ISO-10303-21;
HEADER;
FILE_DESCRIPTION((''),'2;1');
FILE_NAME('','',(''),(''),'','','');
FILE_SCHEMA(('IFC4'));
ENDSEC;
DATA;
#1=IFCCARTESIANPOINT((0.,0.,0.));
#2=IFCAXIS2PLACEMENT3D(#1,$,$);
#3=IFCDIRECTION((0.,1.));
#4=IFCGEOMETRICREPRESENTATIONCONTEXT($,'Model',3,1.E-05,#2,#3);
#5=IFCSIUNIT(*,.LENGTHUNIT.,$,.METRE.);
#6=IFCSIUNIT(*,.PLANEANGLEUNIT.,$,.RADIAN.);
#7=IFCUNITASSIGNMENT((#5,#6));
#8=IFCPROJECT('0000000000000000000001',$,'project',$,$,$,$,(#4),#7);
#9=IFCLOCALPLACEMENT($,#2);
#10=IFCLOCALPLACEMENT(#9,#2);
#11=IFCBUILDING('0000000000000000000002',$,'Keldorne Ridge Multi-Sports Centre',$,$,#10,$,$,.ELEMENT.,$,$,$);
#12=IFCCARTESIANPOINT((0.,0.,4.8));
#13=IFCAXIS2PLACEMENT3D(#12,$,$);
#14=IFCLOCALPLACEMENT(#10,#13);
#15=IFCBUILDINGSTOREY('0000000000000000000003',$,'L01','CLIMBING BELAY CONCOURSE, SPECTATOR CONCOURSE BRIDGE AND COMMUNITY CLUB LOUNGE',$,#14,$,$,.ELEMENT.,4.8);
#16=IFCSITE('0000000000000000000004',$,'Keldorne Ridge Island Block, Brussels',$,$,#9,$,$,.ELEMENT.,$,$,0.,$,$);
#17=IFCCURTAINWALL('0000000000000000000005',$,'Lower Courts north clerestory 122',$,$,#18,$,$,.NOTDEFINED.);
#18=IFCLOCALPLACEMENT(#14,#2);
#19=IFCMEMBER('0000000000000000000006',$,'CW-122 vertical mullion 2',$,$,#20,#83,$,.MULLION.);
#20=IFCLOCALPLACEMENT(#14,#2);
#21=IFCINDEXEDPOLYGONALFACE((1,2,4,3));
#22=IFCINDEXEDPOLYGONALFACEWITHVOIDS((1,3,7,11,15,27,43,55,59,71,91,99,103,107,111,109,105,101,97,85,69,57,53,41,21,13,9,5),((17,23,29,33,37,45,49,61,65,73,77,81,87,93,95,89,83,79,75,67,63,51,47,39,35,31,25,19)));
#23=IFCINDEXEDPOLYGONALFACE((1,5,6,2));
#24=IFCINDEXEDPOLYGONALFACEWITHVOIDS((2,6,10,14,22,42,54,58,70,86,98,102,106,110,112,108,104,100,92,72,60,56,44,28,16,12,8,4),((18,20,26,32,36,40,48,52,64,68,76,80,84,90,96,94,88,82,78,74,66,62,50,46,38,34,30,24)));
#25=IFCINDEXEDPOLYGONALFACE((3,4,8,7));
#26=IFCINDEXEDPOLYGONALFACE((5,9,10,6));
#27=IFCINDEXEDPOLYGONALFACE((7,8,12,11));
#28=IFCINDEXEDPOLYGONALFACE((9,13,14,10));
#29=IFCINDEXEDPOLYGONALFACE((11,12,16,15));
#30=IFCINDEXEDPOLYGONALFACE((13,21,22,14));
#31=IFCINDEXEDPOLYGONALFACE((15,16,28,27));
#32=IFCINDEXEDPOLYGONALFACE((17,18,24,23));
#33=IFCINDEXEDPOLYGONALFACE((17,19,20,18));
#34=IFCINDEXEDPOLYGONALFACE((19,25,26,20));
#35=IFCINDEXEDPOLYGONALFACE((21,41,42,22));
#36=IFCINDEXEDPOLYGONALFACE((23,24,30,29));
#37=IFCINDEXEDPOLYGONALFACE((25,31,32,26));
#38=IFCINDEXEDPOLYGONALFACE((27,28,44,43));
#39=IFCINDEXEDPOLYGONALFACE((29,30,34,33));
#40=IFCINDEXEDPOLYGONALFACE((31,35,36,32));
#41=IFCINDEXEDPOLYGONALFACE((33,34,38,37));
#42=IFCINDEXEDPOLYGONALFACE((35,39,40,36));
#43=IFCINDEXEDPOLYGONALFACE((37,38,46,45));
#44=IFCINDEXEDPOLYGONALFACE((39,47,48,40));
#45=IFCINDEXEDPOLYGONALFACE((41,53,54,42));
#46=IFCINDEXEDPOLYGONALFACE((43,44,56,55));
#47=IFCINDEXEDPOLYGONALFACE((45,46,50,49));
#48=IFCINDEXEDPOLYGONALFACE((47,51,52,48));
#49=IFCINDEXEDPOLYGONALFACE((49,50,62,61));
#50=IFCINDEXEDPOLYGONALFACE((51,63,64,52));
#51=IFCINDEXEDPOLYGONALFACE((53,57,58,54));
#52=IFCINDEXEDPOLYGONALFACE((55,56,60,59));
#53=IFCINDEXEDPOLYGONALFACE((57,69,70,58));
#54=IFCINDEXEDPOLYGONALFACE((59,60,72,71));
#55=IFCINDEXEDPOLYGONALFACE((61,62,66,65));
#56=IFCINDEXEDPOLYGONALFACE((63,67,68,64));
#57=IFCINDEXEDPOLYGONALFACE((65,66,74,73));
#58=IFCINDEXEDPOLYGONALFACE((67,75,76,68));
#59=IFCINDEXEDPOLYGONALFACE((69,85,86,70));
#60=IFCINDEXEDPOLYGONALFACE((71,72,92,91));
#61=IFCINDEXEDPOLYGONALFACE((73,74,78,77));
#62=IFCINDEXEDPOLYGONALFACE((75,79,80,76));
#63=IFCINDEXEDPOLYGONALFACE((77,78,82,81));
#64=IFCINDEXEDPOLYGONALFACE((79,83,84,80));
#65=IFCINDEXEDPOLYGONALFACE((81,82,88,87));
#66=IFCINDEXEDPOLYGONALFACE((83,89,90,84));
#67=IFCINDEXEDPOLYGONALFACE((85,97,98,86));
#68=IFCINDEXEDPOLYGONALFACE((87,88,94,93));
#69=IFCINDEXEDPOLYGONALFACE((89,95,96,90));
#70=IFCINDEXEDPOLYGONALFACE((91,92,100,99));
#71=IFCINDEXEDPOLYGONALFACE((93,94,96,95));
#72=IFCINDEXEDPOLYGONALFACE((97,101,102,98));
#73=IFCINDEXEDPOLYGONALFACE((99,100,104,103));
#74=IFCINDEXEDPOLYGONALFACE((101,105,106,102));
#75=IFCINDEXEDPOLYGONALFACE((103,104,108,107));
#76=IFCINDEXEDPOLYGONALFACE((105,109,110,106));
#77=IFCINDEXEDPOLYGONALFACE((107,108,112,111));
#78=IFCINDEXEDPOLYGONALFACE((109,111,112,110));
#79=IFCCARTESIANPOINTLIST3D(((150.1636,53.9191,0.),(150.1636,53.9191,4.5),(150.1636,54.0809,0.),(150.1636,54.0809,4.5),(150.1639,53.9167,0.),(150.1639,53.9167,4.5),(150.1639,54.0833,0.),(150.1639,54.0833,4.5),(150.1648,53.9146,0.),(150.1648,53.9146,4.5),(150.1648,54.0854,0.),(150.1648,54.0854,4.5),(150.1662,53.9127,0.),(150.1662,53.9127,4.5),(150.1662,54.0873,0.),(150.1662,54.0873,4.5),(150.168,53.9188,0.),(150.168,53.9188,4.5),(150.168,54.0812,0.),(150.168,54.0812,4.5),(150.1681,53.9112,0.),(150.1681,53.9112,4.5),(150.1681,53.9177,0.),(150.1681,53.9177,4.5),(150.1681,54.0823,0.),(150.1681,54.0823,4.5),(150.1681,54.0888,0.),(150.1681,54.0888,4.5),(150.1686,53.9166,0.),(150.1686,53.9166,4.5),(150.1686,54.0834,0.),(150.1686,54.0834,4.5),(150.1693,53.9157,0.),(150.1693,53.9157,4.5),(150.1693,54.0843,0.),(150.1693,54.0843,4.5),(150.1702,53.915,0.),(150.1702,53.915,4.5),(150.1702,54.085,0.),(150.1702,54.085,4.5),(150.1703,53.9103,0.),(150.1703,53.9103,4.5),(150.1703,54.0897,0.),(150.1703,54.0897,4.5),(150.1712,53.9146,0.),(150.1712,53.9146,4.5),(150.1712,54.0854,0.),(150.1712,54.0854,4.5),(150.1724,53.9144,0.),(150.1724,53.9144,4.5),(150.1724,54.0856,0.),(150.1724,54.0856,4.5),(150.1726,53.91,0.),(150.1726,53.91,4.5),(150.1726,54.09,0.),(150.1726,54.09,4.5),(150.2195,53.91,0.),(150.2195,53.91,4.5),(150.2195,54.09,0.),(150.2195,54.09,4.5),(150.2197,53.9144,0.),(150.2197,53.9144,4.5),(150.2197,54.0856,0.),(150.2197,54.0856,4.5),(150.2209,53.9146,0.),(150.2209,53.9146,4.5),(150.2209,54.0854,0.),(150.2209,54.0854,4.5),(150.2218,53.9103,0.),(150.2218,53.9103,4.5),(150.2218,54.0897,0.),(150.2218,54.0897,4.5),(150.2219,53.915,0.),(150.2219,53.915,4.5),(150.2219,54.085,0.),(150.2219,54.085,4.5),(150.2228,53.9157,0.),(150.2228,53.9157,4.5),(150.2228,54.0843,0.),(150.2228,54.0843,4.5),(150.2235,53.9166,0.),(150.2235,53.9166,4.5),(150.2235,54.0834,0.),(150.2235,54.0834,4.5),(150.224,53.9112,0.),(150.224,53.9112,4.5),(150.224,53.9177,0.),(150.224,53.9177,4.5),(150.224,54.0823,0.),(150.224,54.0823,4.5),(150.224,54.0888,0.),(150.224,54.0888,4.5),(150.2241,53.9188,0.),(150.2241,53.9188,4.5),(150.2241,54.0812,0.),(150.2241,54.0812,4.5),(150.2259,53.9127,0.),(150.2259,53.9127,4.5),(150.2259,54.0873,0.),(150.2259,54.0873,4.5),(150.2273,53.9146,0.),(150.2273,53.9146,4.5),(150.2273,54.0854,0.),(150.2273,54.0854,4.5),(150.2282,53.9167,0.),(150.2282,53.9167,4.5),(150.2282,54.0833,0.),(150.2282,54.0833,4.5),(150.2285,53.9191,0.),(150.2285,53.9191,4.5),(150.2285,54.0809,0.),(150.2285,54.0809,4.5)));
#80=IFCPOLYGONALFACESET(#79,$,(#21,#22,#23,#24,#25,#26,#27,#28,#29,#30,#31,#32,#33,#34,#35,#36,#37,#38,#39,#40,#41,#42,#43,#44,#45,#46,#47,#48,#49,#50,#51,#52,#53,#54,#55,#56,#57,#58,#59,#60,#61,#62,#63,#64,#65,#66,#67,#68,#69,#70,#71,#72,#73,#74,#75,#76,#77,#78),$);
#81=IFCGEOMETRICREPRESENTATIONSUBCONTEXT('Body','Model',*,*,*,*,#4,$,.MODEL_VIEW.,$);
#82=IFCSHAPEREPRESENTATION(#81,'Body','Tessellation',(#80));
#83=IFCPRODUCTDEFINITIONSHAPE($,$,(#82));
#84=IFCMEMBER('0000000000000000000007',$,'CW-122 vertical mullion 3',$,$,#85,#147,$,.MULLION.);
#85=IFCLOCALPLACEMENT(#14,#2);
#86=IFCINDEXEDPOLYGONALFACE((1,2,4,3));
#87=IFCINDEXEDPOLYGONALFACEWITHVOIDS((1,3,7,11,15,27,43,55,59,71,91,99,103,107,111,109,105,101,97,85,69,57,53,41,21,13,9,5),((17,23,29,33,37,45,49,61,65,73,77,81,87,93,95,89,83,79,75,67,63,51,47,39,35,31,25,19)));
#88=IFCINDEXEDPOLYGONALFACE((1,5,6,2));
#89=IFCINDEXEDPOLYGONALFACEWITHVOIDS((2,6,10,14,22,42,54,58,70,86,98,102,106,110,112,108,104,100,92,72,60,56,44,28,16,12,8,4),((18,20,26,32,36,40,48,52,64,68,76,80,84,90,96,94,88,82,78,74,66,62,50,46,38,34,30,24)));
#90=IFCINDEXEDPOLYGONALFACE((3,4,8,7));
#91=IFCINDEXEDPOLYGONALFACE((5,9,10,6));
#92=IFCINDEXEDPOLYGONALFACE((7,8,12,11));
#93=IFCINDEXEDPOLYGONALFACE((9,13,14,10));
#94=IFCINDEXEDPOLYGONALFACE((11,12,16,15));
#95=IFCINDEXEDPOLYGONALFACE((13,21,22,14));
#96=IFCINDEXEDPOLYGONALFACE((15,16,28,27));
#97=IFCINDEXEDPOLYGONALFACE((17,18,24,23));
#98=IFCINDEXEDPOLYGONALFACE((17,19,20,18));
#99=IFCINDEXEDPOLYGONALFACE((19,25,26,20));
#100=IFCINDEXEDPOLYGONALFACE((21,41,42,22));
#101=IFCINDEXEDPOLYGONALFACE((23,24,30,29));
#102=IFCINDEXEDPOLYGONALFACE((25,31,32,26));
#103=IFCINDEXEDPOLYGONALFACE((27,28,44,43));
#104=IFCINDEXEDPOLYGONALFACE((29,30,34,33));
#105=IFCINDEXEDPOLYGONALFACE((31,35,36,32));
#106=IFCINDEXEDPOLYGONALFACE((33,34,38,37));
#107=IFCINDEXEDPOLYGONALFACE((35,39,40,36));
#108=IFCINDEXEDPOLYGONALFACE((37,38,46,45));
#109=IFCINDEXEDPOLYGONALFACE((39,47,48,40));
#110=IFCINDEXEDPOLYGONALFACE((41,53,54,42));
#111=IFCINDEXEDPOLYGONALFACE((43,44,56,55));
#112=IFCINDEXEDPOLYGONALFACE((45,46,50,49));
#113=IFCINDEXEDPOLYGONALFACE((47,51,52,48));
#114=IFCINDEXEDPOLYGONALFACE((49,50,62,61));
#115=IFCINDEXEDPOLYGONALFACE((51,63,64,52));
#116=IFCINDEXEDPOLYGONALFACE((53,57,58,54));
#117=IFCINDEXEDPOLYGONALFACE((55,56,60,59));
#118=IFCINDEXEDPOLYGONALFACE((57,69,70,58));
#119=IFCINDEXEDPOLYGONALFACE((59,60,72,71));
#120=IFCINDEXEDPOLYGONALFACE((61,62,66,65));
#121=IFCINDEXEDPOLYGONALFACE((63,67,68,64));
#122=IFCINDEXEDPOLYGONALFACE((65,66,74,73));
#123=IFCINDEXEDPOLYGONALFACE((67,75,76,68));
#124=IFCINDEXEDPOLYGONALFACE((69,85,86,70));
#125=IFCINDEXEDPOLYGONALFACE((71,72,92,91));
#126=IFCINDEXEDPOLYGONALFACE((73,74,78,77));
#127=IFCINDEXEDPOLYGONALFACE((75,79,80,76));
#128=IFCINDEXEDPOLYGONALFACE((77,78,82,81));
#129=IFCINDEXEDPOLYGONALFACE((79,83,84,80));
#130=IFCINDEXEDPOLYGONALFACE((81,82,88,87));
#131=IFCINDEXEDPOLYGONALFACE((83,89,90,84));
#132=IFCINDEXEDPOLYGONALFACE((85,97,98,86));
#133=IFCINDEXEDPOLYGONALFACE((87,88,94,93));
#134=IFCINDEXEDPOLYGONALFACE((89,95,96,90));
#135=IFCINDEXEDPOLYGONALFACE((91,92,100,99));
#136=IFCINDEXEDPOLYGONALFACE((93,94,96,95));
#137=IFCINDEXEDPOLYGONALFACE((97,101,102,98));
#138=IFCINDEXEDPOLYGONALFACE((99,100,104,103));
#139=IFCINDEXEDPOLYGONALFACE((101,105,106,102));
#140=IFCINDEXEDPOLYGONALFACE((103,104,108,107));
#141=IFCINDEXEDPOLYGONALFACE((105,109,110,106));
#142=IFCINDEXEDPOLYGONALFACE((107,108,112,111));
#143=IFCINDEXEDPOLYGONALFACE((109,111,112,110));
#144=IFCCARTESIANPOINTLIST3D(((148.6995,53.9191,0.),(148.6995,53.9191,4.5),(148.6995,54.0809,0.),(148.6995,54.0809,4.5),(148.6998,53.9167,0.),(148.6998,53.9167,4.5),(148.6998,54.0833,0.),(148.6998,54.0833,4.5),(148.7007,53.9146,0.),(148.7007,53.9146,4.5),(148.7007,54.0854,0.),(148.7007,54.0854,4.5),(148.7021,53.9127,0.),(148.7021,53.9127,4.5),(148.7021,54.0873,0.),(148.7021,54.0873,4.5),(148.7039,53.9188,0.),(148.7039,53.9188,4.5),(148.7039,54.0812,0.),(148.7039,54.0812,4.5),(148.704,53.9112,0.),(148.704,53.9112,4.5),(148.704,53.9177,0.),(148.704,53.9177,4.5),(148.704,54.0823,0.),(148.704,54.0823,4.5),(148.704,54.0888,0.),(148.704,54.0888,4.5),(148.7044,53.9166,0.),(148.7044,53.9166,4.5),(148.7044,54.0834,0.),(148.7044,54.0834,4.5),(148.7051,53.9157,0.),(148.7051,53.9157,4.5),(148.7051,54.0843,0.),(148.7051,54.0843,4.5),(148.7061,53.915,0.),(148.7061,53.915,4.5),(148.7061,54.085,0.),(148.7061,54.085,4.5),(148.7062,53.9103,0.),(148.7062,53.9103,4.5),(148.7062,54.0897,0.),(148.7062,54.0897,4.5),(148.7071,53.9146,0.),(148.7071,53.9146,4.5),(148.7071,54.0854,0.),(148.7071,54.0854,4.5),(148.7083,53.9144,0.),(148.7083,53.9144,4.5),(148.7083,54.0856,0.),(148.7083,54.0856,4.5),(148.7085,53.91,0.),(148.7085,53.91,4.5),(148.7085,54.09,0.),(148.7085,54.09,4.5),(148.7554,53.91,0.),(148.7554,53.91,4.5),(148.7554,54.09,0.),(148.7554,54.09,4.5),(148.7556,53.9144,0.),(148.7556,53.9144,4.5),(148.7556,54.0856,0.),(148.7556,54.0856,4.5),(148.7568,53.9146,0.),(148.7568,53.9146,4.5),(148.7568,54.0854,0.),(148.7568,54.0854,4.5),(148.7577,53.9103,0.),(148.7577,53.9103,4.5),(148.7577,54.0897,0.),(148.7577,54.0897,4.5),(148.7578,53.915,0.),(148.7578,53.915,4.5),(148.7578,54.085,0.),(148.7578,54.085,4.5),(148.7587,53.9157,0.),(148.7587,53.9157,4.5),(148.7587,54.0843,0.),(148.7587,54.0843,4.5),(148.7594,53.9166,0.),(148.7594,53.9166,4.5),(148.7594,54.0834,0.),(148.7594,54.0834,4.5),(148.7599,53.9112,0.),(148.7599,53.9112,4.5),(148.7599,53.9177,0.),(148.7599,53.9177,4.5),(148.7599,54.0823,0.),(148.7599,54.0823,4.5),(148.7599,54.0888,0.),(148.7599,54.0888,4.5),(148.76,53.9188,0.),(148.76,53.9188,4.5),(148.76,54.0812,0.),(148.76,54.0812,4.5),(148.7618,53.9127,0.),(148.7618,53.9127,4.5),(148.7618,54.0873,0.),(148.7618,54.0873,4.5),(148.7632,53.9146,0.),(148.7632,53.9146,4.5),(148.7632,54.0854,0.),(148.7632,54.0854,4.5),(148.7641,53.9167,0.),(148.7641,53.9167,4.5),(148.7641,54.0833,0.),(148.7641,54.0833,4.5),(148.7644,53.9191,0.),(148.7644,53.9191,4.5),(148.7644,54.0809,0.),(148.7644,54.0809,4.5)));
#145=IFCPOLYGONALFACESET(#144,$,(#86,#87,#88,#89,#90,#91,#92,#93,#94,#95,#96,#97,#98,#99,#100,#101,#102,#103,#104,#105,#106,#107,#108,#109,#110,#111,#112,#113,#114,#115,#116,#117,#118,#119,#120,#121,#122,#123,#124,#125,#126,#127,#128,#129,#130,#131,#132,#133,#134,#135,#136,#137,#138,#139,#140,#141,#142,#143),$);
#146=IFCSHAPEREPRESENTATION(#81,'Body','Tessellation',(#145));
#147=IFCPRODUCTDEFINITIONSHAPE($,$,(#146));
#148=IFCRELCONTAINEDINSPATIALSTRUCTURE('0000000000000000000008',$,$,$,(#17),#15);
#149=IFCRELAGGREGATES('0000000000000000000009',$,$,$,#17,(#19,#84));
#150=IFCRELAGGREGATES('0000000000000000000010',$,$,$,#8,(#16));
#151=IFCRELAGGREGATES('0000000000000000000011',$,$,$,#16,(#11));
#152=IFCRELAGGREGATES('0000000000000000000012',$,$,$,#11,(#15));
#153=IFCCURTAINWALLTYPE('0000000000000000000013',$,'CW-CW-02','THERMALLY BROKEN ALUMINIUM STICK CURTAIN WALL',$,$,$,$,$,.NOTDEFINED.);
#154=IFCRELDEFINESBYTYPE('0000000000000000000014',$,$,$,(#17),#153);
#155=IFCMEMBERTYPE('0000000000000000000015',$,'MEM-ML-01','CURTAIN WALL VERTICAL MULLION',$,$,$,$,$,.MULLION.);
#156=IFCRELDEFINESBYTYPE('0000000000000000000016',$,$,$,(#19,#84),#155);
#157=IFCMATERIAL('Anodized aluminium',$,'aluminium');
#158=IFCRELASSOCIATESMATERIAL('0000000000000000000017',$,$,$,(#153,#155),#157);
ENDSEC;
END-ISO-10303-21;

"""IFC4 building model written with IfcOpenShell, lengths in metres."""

from ifc_helpers import new_model, si_unit, direction, frame, origin, origin_2d, place, context, subcontext, project, spatial, hollow_rectangle, extrude, material, material_profile, profile_set, type_object, element, aggregate, save


model = new_model("IFC4")

# Units and contexts
model_context = context("Model", 3, precision=1e-05, world=origin(), true_north=direction((0.0, 1.0)))
body_context = subcontext(model_context, "Body", "Model", "MODEL_VIEW")
ifc_project = project(units=[si_unit("LENGTHUNIT", "METRE"), si_unit("PLANEANGLEUNIT", "RADIAN")], contexts=[model_context])

# Site, building, storey
site_placement = place(None, origin())
site = spatial("IfcSite", under=ifc_project, at=site_placement, Name="Keldorne Ridge Island Block, Brussels", CompositionType="ELEMENT", RefElevation=0.0)
building_placement = place(site_placement, origin())
building = spatial("IfcBuilding", under=site, at=building_placement, Name="Keldorne Ridge Multi-Sports Centre", CompositionType="ELEMENT")
storey_placement = place(building_placement, frame((0.0, 0.0, 4.8)))
storey = spatial("IfcBuildingStorey", under=building, at=storey_placement, Name="L01", Description="CLIMBING BELAY CONCOURSE, SPECTATOR CONCOURSE BRIDGE AND COMMUNITY CLUB LOUNGE", CompositionType="ELEMENT", Elevation=4.8)

# Curtain wall, members
ifc_material_1 = material(Name="Anodized aluminium", Category="aluminium")
curtain_wall_type = type_object("IfcCurtainWallType", Name="CW-CW-02", Description="THERMALLY BROKEN ALUMINIUM STICK CURTAIN WALL", PredefinedType="NOTDEFINED", material=ifc_material_1)
curtain_wall_placement = place(storey_placement, origin())
curtain_wall = element("IfcCurtainWall", 1, at=curtain_wall_placement, inside=storey, type_object=curtain_wall_type, Name="Lower Courts north clerestory 122", PredefinedType="NOTDEFINED")
ifc_material_profile_1 = material_profile(ifc_material_1, hollow_rectangle(XDim=0.0649, YDim=0.1799, WallThickness=0.0044, InnerFilletRadius=0.0044, OuterFilletRadius=0.009, at=origin_2d()), Name="ALU MULLION 180x65x4.5")
ifc_profile_set_1 = profile_set([ifc_material_profile_1], Name="Anodized aluminium")
member_type_1 = type_object("IfcMemberType", Name="MEM-ML-01", Description="CURTAIN WALL VERTICAL MULLION", PredefinedType="MULLION", material=ifc_profile_set_1)
member_1_placement = place(storey_placement, frame((150.196, 54.0, 0.0), z_axis=(0.0, 0.0, 1.0), x_axis=(1.0, 0.0, 0.0)))
member_1 = element("IfcMember", 2, at=member_1_placement, type_object=member_type_1, Name="CW-122 vertical mullion 2", PredefinedType="MULLION", context=body_context, shape_type="SweptSolid", body=[
    extrude(hollow_rectangle(XDim=0.0649, YDim=0.1799, WallThickness=0.0044, InnerFilletRadius=0.0044, OuterFilletRadius=0.009, at=origin_2d()), origin(), (0.0, 0.0, 1.0), 4.5),
])
member_2_placement = place(storey_placement, frame((148.7319, 54.0, 0.0), z_axis=(0.0, 0.0, 1.0), x_axis=(1.0, 0.0, 0.0)))
member_2 = element("IfcMember", 3, at=member_2_placement, type_object=member_type_1, Name="CW-122 vertical mullion 3", PredefinedType="MULLION", context=body_context, shape_type="SweptSolid", body=[
    extrude(hollow_rectangle(XDim=0.0649, YDim=0.1799, WallThickness=0.0044, InnerFilletRadius=0.0044, OuterFilletRadius=0.009, at=origin_2d()), origin(), (0.0, 0.0, 1.0), 4.5),
])
aggregate(curtain_wall, [member_1, member_2])

save(model, "model.ifc")
